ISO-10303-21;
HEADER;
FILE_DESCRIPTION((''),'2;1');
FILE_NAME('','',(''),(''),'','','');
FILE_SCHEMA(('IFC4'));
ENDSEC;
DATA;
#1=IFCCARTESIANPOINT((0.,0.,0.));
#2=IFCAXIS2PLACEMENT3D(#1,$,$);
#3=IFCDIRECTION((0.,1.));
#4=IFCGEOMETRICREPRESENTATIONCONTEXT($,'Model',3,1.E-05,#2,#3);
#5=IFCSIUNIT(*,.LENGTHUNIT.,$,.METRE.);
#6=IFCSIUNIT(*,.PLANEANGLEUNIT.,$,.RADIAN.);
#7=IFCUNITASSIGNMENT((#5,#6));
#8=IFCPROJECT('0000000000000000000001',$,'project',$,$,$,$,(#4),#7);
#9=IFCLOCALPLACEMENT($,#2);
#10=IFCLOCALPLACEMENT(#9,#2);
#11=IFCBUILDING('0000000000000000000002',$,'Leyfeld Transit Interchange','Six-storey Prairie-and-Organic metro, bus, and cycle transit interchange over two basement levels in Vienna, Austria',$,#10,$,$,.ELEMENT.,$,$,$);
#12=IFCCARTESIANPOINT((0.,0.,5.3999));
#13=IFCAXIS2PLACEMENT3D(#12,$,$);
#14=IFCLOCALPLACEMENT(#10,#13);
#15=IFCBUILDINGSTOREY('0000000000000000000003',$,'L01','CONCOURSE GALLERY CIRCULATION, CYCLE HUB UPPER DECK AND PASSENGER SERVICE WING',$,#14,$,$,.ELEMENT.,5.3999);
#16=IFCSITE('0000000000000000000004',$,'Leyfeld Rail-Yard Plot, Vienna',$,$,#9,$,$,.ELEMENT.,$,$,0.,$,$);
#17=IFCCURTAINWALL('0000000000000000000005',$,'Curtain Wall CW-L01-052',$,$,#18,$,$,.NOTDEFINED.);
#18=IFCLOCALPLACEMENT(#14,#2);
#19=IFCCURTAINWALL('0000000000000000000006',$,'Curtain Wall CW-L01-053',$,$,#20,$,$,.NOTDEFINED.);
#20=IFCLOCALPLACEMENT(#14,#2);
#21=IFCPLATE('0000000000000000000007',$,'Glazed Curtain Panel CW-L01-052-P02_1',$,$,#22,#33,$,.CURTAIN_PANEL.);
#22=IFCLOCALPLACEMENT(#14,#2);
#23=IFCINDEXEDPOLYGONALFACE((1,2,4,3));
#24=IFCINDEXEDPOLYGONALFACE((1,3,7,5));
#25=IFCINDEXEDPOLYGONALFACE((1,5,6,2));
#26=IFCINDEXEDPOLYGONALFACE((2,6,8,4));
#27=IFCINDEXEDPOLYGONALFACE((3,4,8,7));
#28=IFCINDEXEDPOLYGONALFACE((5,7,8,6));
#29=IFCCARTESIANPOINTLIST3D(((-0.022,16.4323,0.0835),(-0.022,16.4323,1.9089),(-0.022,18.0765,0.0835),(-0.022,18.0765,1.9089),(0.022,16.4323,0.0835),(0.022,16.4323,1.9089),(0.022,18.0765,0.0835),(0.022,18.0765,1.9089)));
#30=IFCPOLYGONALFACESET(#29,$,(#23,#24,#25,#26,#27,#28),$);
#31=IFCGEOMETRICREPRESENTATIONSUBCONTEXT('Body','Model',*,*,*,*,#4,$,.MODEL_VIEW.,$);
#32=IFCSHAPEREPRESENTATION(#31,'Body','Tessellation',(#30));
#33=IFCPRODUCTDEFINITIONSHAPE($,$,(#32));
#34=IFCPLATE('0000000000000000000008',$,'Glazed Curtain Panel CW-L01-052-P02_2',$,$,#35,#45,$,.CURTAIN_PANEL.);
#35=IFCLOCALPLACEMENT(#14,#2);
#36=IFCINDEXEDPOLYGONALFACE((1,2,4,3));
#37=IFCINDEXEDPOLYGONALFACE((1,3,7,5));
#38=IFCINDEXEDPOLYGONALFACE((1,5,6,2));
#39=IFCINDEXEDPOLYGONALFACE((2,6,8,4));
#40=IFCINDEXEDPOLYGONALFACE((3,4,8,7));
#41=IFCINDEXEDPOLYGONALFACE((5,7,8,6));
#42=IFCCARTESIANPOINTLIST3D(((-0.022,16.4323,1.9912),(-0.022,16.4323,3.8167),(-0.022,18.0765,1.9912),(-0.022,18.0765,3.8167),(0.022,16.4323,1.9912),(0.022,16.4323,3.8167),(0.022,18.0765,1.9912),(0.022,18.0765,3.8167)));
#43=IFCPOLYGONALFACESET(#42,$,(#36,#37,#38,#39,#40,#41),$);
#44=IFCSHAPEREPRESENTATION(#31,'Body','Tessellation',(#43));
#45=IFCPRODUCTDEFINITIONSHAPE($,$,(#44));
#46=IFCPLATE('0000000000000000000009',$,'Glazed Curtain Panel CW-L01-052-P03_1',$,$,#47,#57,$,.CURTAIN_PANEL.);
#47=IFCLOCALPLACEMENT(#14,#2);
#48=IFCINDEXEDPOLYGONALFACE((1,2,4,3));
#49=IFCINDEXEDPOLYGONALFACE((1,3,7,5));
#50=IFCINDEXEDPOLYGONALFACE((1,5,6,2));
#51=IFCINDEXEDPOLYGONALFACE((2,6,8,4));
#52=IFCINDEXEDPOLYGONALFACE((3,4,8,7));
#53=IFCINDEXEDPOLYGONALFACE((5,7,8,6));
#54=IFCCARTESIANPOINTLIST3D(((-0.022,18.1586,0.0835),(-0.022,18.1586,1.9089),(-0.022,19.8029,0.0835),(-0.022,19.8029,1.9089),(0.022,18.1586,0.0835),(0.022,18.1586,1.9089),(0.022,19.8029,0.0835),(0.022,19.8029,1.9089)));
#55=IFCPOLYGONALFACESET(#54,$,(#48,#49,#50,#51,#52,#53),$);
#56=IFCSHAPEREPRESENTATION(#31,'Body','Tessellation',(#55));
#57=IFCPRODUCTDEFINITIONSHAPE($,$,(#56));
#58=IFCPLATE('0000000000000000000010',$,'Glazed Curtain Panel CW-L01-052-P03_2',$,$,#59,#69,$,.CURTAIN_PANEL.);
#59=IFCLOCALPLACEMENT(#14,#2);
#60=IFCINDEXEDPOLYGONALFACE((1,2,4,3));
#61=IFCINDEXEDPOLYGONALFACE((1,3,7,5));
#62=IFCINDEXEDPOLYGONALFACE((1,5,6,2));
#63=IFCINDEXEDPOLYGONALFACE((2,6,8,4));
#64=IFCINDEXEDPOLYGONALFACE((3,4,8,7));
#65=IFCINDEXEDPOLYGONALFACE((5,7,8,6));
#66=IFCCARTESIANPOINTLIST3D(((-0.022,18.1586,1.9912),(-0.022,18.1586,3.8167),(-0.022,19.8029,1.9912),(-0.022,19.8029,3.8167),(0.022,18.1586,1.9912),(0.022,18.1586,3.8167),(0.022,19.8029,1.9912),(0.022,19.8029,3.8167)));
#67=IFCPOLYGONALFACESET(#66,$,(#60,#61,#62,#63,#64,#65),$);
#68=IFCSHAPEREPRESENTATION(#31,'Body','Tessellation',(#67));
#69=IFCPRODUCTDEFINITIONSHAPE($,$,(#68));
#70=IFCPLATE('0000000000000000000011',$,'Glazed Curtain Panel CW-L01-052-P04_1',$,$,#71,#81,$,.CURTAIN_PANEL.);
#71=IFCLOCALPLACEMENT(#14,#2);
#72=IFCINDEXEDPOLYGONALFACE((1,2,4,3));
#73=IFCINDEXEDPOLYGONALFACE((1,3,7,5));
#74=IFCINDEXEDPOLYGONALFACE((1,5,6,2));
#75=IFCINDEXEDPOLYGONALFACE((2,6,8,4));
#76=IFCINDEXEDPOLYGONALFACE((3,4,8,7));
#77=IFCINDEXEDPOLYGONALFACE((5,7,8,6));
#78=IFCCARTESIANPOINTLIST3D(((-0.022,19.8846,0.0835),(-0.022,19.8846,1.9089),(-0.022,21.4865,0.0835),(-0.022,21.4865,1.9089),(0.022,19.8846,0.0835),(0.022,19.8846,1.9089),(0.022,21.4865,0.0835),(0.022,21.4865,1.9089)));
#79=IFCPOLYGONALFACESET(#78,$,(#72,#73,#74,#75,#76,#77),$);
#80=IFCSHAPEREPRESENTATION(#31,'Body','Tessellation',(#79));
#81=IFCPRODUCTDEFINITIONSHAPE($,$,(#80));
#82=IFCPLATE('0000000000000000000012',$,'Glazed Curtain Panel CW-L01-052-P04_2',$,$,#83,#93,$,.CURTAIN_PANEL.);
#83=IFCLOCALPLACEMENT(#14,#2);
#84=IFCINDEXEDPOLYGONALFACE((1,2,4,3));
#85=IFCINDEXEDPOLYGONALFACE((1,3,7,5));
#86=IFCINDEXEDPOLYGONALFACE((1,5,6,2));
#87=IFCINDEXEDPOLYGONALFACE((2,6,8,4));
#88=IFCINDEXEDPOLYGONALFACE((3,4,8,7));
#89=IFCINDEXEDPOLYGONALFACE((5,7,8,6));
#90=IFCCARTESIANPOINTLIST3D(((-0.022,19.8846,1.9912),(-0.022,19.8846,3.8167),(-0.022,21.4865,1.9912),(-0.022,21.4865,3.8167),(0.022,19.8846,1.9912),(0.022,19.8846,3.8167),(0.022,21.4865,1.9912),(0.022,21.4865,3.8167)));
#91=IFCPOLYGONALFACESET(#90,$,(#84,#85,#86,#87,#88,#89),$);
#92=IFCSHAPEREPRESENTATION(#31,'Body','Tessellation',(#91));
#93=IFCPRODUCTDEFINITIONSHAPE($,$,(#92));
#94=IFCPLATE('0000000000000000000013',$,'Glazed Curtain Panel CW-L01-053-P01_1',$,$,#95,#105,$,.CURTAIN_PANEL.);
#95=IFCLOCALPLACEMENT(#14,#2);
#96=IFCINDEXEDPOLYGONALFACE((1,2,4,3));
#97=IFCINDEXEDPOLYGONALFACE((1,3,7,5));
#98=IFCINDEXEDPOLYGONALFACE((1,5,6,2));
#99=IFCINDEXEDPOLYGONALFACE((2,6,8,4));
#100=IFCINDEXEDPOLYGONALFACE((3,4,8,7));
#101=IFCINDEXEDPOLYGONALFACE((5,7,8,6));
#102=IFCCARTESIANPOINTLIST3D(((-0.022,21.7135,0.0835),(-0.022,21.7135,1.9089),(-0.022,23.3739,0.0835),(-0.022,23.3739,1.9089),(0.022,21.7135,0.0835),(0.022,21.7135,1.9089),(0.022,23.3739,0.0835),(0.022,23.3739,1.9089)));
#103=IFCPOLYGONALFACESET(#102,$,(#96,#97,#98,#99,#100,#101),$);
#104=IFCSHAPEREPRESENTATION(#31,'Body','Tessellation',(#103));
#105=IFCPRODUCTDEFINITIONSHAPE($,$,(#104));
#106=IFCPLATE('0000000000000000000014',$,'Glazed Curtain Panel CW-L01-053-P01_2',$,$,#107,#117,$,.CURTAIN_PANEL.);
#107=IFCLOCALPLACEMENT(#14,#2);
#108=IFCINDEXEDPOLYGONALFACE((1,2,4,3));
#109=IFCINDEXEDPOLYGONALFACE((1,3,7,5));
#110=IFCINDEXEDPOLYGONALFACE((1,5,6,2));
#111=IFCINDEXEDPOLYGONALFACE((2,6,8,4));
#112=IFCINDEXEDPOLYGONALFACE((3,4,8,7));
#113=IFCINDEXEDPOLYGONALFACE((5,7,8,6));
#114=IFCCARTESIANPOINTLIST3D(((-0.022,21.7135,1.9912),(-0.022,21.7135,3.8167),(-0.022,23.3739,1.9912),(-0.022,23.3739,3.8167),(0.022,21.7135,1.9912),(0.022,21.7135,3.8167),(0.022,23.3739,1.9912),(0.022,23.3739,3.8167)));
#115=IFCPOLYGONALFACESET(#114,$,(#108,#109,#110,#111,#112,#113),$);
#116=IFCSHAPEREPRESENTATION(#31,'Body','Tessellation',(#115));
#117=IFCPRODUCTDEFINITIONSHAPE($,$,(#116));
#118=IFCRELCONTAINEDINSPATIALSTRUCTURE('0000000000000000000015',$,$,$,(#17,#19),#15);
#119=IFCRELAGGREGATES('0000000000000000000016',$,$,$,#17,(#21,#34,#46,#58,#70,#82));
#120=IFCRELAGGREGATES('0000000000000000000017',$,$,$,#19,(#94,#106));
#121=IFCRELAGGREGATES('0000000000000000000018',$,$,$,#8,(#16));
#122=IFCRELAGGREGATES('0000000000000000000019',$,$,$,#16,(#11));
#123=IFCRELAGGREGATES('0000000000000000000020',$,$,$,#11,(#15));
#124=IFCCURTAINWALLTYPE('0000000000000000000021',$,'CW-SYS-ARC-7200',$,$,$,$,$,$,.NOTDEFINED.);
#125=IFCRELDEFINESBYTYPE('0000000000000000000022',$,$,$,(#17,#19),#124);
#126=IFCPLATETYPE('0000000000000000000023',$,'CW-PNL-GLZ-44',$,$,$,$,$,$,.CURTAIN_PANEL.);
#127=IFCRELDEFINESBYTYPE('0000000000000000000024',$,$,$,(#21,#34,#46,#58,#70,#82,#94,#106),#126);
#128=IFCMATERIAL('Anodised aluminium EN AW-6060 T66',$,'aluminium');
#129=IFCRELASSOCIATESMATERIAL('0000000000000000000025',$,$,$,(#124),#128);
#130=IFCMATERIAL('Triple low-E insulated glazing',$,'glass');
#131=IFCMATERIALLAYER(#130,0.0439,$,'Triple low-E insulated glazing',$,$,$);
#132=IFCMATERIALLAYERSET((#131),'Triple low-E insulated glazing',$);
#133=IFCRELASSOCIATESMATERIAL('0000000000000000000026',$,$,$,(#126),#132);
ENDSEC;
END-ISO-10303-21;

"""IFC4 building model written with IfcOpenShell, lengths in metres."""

from ifc_helpers import new_model, si_unit, direction, frame, origin, origin_2d, place, context, subcontext, project, spatial, rectangle, extrude, material, layer, layer_set, type_object, element, aggregate, save


model = new_model("IFC4")

# Units and contexts
model_context = context("Model", 3, precision=1e-05, world=origin(), true_north=direction((0.0, 1.0)))
body_context = subcontext(model_context, "Body", "Model", "MODEL_VIEW")
ifc_project = project(units=[si_unit("LENGTHUNIT", "METRE"), si_unit("PLANEANGLEUNIT", "RADIAN")], contexts=[model_context])

# Site, building, storey
site_placement = place(None, origin())
site = spatial("IfcSite", under=ifc_project, at=site_placement, Name="Leyfeld Rail-Yard Plot, Vienna", CompositionType="ELEMENT", RefElevation=0.0)
building_placement = place(site_placement, origin())
building = spatial("IfcBuilding", under=site, at=building_placement, Name="Leyfeld Transit Interchange", Description="Six-storey Prairie-and-Organic metro, bus, and cycle transit interchange over two basement levels in Vienna, Austria", CompositionType="ELEMENT")
storey_placement = place(building_placement, frame((0.0, 0.0, 5.3999)))
storey = spatial("IfcBuildingStorey", under=building, at=storey_placement, Name="L01", Description="CONCOURSE GALLERY CIRCULATION, CYCLE HUB UPPER DECK AND PASSENGER SERVICE WING", CompositionType="ELEMENT", Elevation=5.3999)

# Curtain walls
ifc_material_1 = material(Name="Anodised aluminium EN AW-6060 T66", Category="aluminium")
curtain_wall_type = type_object("IfcCurtainWallType", Name="CW-SYS-ARC-7200", PredefinedType="NOTDEFINED", material=ifc_material_1)
curtain_wall_1_placement = place(storey_placement, origin())
curtain_wall_1 = element("IfcCurtainWall", 1, at=curtain_wall_1_placement, inside=storey, type_object=curtain_wall_type, Name="Curtain Wall CW-L01-052", PredefinedType="NOTDEFINED")
curtain_wall_2_placement = place(storey_placement, origin())
curtain_wall_2 = element("IfcCurtainWall", 2, at=curtain_wall_2_placement, inside=storey, type_object=curtain_wall_type, Name="Curtain Wall CW-L01-053", PredefinedType="NOTDEFINED")

# Plates
ifc_material_2 = material(Name="Triple low-E insulated glazing", Category="glass")
ifc_layer = layer(ifc_material_2, 0.0439, Name="Triple low-E insulated glazing")
ifc_layer_set = layer_set([ifc_layer], Name="Triple low-E insulated glazing")
plate_type = type_object("IfcPlateType", Name="CW-PNL-GLZ-44", PredefinedType="CURTAIN_PANEL", material=ifc_layer_set)
plate_1_placement = place(storey_placement, frame((0.0, 17.2544, 0.0835), z_axis=(0.0, 0.0, 1.0), x_axis=(0.0, 1.0, 0.0)))
plate_1 = element("IfcPlate", 3, at=plate_1_placement, type_object=plate_type, Name="Glazed Curtain Panel CW-L01-052-P02_1", PredefinedType="CURTAIN_PANEL", context=body_context, shape_type="SweptSolid", body=[
    extrude(rectangle(XDim=1.6443, YDim=0.0439, at=origin_2d()), origin(), (0.0, 0.0, 1.0), 1.8254),
])
plate_2_placement = place(storey_placement, frame((0.0, 17.2544, 1.9912), z_axis=(0.0, 0.0, 1.0), x_axis=(0.0, 1.0, 0.0)))
plate_2 = element("IfcPlate", 4, at=plate_2_placement, type_object=plate_type, Name="Glazed Curtain Panel CW-L01-052-P02_2", PredefinedType="CURTAIN_PANEL", context=body_context, shape_type="SweptSolid", body=[
    extrude(rectangle(XDim=1.6443, YDim=0.0439, at=origin_2d()), origin(), (0.0, 0.0, 1.0), 1.8254),
])
plate_3_placement = place(storey_placement, frame((0.0, 18.9807, 0.0835), z_axis=(0.0, 0.0, 1.0), x_axis=(0.0, 1.0, 0.0)))
plate_3 = element("IfcPlate", 5, at=plate_3_placement, type_object=plate_type, Name="Glazed Curtain Panel CW-L01-052-P03_1", PredefinedType="CURTAIN_PANEL", context=body_context, shape_type="SweptSolid", body=[
    extrude(rectangle(XDim=1.6443, YDim=0.0439, at=origin_2d()), origin(), (0.0, 0.0, 1.0), 1.8254),
])
plate_4_placement = place(storey_placement, frame((0.0, 18.9807, 1.9912), z_axis=(0.0, 0.0, 1.0), x_axis=(0.0, 1.0, 0.0)))
plate_4 = element("IfcPlate", 6, at=plate_4_placement, type_object=plate_type, Name="Glazed Curtain Panel CW-L01-052-P03_2", PredefinedType="CURTAIN_PANEL", context=body_context, shape_type="SweptSolid", body=[
    extrude(rectangle(XDim=1.6443, YDim=0.0439, at=origin_2d()), origin(), (0.0, 0.0, 1.0), 1.8254),
])
plate_5_placement = place(storey_placement, frame((0.0, 20.6855, 0.0835), z_axis=(0.0, 0.0, 1.0), x_axis=(0.0, 1.0, 0.0)))
plate_5 = element("IfcPlate", 7, at=plate_5_placement, type_object=plate_type, Name="Glazed Curtain Panel CW-L01-052-P04_1", PredefinedType="CURTAIN_PANEL", context=body_context, shape_type="SweptSolid", body=[
    extrude(rectangle(XDim=1.6018, YDim=0.0439, at=origin_2d()), origin(), (0.0, 0.0, 1.0), 1.8254),
])
plate_6_placement = place(storey_placement, frame((0.0, 20.6855, 1.9912), z_axis=(0.0, 0.0, 1.0), x_axis=(0.0, 1.0, 0.0)))
plate_6 = element("IfcPlate", 8, at=plate_6_placement, type_object=plate_type, Name="Glazed Curtain Panel CW-L01-052-P04_2", PredefinedType="CURTAIN_PANEL", context=body_context, shape_type="SweptSolid", body=[
    extrude(rectangle(XDim=1.6018, YDim=0.0439, at=origin_2d()), origin(), (0.0, 0.0, 1.0), 1.8254),
])
aggregate(curtain_wall_1, [plate_1, plate_2, plate_3, plate_4, plate_5, plate_6])
plate_7_placement = place(storey_placement, frame((0.0, 22.5437, 0.0835), z_axis=(0.0, 0.0, 1.0), x_axis=(0.0, 1.0, 0.0)))
plate_7 = element("IfcPlate", 9, at=plate_7_placement, type_object=plate_type, Name="Glazed Curtain Panel CW-L01-053-P01_1", PredefinedType="CURTAIN_PANEL", context=body_context, shape_type="SweptSolid", body=[
    extrude(rectangle(XDim=1.6604, YDim=0.0439, at=origin_2d()), origin(), (0.0, 0.0, 1.0), 1.8254),
])
plate_8_placement = place(storey_placement, frame((0.0, 22.5437, 1.9912), z_axis=(0.0, 0.0, 1.0), x_axis=(0.0, 1.0, 0.0)))
plate_8 = element("IfcPlate", 10, at=plate_8_placement, type_object=plate_type, Name="Glazed Curtain Panel CW-L01-053-P01_2", PredefinedType="CURTAIN_PANEL", context=body_context, shape_type="SweptSolid", body=[
    extrude(rectangle(XDim=1.6604, YDim=0.0439, at=origin_2d()), origin(), (0.0, 0.0, 1.0), 1.8254),
])
aggregate(curtain_wall_2, [plate_7, plate_8])

save(model, "model.ifc")
